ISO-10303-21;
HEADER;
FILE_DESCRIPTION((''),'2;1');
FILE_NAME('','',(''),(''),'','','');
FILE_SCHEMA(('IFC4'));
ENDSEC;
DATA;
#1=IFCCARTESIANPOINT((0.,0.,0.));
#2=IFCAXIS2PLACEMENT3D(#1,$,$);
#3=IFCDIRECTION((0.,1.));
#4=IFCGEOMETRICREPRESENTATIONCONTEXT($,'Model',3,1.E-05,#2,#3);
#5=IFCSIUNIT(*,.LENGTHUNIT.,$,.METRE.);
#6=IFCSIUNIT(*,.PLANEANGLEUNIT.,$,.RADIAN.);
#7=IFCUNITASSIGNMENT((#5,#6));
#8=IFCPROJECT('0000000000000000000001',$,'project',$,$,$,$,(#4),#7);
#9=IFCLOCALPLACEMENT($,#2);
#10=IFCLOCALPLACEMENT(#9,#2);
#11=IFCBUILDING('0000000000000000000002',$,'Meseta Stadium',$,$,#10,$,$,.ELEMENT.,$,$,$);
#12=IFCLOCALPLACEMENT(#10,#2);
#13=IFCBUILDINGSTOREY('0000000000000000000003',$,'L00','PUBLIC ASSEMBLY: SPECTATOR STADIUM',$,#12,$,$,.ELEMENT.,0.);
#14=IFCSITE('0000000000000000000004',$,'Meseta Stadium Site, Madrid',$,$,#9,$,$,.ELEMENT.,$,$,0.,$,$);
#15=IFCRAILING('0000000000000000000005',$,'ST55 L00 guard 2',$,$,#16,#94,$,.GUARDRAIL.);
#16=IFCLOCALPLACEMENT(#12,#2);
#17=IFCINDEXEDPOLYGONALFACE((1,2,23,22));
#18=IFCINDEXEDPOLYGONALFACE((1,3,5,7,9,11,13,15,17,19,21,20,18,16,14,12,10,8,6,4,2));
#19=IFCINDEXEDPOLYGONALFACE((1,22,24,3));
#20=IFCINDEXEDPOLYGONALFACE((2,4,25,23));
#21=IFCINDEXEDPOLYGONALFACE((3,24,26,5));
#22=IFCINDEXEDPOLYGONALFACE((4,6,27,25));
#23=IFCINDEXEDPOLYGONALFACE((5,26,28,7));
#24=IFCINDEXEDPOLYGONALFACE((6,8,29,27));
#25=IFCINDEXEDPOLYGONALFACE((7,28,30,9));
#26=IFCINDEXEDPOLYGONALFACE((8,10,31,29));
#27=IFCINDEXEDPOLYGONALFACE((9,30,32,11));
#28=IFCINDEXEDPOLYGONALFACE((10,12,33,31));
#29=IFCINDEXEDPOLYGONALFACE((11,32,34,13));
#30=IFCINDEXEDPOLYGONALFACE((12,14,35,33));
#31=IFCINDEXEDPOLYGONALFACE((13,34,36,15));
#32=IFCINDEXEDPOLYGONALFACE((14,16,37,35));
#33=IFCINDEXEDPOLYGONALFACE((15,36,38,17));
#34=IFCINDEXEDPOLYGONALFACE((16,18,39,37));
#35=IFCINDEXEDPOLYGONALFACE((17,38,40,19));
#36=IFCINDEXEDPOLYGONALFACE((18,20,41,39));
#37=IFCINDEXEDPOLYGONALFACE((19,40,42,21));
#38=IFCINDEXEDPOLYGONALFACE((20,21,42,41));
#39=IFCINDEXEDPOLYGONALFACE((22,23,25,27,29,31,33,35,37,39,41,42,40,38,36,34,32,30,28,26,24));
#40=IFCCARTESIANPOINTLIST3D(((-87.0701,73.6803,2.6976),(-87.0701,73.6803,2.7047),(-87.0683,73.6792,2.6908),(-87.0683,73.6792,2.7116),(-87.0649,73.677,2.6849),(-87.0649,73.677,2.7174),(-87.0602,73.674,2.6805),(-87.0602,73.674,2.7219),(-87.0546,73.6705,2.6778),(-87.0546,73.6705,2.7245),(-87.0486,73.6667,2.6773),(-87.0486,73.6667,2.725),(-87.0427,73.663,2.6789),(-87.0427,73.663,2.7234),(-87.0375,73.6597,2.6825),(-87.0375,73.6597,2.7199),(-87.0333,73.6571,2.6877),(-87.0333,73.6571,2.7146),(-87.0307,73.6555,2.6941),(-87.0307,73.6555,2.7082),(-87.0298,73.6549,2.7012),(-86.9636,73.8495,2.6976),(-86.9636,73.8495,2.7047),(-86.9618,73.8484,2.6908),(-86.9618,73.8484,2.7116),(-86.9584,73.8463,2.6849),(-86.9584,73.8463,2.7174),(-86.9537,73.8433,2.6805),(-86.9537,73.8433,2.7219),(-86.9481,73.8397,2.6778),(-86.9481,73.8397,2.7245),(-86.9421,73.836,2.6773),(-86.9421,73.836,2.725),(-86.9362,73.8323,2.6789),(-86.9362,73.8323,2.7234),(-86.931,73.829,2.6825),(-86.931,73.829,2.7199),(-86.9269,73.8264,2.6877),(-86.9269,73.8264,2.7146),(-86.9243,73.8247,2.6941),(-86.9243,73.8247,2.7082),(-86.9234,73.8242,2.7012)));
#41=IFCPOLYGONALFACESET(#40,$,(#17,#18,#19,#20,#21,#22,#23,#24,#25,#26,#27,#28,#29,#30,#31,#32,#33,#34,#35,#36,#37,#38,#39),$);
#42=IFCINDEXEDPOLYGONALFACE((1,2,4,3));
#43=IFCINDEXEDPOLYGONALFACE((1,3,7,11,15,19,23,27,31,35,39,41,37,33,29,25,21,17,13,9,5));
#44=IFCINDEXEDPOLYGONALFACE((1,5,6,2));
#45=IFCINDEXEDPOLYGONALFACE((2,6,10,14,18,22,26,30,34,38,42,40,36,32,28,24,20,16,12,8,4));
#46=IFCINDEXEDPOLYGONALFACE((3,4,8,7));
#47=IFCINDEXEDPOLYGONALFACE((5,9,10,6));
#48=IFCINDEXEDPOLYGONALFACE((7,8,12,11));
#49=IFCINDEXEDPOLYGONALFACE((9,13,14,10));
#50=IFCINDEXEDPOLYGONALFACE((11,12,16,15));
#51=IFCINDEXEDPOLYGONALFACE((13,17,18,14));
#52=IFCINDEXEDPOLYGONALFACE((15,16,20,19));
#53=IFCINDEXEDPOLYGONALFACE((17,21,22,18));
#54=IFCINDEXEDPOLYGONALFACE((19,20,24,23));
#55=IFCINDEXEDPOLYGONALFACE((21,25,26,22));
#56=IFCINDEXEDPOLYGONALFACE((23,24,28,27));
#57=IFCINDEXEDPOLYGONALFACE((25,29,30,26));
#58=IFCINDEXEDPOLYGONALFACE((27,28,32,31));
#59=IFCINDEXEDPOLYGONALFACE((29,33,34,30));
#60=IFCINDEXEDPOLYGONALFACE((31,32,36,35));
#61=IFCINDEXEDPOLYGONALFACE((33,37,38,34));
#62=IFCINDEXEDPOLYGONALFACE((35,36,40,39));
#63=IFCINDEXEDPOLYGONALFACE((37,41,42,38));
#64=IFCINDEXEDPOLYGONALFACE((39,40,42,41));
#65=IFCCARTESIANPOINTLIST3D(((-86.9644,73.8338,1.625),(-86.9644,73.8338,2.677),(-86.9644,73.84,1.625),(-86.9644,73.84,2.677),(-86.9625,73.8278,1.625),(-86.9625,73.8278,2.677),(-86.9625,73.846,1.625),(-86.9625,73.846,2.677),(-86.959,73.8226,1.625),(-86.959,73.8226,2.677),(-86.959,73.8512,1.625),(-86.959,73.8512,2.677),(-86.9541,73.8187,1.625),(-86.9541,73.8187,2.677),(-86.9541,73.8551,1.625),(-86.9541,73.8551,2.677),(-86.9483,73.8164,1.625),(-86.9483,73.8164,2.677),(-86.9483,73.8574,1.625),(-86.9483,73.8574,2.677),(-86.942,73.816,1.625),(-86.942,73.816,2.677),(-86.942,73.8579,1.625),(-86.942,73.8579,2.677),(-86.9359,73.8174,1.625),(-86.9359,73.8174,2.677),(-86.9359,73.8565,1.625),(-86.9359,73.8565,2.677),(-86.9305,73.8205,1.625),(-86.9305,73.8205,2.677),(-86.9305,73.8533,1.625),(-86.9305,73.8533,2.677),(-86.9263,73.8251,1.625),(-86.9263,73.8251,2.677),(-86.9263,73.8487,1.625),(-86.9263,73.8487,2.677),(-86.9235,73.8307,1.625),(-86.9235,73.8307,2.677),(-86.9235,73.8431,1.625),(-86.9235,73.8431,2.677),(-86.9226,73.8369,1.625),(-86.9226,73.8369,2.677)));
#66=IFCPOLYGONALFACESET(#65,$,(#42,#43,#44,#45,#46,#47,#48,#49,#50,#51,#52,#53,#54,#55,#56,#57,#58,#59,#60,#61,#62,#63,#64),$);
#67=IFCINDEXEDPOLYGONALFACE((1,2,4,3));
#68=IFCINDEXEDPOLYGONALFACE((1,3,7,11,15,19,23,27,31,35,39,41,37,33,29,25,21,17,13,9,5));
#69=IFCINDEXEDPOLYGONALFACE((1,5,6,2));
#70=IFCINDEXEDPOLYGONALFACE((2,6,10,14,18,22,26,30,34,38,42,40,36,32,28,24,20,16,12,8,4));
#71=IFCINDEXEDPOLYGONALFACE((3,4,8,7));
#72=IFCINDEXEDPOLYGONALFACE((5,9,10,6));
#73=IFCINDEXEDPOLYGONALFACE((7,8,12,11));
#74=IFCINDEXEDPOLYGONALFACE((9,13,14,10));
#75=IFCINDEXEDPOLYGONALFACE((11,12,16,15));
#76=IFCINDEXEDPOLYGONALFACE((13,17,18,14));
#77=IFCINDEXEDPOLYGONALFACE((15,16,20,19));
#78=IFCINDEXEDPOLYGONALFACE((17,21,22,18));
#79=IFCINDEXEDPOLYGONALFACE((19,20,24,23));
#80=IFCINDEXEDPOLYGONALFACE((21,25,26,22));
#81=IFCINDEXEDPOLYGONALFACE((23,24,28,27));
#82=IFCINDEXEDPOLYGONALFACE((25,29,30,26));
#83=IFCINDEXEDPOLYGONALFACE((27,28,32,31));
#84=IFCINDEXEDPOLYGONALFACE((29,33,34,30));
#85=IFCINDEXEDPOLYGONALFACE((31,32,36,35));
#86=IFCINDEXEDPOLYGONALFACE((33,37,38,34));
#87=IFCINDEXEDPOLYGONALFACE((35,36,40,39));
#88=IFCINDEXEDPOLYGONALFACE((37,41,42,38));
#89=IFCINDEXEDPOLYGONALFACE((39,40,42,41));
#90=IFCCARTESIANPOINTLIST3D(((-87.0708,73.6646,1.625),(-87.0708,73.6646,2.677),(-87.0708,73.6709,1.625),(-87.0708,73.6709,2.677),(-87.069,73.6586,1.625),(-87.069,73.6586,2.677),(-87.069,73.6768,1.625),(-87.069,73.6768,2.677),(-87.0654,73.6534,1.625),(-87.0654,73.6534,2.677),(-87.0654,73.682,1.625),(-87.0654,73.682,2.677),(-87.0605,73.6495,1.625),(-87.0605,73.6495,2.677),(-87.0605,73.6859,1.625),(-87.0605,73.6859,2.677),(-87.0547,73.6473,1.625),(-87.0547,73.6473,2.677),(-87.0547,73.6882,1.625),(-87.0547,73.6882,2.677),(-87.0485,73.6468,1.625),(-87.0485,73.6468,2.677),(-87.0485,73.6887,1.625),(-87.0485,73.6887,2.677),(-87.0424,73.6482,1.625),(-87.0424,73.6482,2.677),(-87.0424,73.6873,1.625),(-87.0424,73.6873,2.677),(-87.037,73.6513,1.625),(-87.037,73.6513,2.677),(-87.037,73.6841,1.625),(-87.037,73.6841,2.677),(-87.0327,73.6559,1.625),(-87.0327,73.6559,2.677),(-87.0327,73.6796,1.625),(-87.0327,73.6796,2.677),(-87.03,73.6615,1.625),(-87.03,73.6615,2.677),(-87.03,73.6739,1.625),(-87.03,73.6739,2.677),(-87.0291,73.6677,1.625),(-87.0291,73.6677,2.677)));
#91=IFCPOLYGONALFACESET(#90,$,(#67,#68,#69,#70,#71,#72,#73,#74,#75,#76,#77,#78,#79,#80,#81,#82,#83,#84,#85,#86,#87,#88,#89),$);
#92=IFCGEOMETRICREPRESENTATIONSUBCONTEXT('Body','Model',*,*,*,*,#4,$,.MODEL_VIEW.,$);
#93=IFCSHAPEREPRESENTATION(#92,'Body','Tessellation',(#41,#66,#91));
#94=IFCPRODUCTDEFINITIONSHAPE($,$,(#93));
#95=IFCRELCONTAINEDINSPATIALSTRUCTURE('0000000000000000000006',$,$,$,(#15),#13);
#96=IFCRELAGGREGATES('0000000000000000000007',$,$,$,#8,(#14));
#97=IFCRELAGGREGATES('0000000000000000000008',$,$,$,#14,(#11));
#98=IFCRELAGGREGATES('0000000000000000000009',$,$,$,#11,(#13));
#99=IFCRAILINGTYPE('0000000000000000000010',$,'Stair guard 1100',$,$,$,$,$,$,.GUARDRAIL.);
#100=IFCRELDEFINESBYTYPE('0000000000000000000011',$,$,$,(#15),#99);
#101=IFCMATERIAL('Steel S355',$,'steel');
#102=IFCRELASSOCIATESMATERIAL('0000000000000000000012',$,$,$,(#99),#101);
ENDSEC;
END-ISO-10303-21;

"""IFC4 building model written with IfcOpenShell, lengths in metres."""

from ifc_helpers import new_model, si_unit, direction, frame, origin, origin_2d, place, context, subcontext, project, spatial, circle, extrude, material, type_object, element, save


model = new_model("IFC4")

# Units and contexts
model_context = context("Model", 3, precision=1e-05, world=origin(), true_north=direction((0.0, 1.0)))
body_context = subcontext(model_context, "Body", "Model", "MODEL_VIEW")
ifc_project = project(units=[si_unit("LENGTHUNIT", "METRE"), si_unit("PLANEANGLEUNIT", "RADIAN")], contexts=[model_context])

# Site, building, storey
site_placement = place(None, origin())
site = spatial("IfcSite", under=ifc_project, at=site_placement, Name="Meseta Stadium Site, Madrid", CompositionType="ELEMENT", RefElevation=0.0)
building_placement = place(site_placement, origin())
building = spatial("IfcBuilding", under=site, at=building_placement, Name="Meseta Stadium", CompositionType="ELEMENT")
storey_placement = place(building_placement, origin())
storey = spatial("IfcBuildingStorey", under=building, at=storey_placement, Name="L00", Description="PUBLIC ASSEMBLY: SPECTATOR STADIUM", CompositionType="ELEMENT", Elevation=0.0)

# Railing
ifc_material_1 = material(Name="Steel S355", Category="steel")
railing_type_1 = type_object("IfcRailingType", Name="Stair guard 1100", PredefinedType="GUARDRAIL", material=ifc_material_1)
railing_1_placement = place(storey_placement, frame((-86.9436, 73.8369, 1.625)))
element("IfcRailing", 1, at=railing_1_placement, inside=storey, type_object=railing_type_1, Name="ST55 L00 guard 2", PredefinedType="GUARDRAIL", context=body_context, shape_type="SweptSolid", body=[
    extrude(circle(Radius=0.0239, at=origin_2d()), frame((0.0, 0.0, 1.0762), z_axis=(-0.532522, -0.846416, 0.0), x_axis=(0.846416, -0.532522, 0.0)), (0.0, 0.0, 1.0), 0.2),
    extrude(circle(Radius=0.021, at=origin_2d()), origin(), (0.0, 0.0, 1.0), 1.052),
    extrude(circle(Radius=0.021, at=origin_2d()), frame((-0.1064, -0.1692, 0.0)), (0.0, 0.0, 1.0), 1.052),
])

save(model, "model.ifc")
